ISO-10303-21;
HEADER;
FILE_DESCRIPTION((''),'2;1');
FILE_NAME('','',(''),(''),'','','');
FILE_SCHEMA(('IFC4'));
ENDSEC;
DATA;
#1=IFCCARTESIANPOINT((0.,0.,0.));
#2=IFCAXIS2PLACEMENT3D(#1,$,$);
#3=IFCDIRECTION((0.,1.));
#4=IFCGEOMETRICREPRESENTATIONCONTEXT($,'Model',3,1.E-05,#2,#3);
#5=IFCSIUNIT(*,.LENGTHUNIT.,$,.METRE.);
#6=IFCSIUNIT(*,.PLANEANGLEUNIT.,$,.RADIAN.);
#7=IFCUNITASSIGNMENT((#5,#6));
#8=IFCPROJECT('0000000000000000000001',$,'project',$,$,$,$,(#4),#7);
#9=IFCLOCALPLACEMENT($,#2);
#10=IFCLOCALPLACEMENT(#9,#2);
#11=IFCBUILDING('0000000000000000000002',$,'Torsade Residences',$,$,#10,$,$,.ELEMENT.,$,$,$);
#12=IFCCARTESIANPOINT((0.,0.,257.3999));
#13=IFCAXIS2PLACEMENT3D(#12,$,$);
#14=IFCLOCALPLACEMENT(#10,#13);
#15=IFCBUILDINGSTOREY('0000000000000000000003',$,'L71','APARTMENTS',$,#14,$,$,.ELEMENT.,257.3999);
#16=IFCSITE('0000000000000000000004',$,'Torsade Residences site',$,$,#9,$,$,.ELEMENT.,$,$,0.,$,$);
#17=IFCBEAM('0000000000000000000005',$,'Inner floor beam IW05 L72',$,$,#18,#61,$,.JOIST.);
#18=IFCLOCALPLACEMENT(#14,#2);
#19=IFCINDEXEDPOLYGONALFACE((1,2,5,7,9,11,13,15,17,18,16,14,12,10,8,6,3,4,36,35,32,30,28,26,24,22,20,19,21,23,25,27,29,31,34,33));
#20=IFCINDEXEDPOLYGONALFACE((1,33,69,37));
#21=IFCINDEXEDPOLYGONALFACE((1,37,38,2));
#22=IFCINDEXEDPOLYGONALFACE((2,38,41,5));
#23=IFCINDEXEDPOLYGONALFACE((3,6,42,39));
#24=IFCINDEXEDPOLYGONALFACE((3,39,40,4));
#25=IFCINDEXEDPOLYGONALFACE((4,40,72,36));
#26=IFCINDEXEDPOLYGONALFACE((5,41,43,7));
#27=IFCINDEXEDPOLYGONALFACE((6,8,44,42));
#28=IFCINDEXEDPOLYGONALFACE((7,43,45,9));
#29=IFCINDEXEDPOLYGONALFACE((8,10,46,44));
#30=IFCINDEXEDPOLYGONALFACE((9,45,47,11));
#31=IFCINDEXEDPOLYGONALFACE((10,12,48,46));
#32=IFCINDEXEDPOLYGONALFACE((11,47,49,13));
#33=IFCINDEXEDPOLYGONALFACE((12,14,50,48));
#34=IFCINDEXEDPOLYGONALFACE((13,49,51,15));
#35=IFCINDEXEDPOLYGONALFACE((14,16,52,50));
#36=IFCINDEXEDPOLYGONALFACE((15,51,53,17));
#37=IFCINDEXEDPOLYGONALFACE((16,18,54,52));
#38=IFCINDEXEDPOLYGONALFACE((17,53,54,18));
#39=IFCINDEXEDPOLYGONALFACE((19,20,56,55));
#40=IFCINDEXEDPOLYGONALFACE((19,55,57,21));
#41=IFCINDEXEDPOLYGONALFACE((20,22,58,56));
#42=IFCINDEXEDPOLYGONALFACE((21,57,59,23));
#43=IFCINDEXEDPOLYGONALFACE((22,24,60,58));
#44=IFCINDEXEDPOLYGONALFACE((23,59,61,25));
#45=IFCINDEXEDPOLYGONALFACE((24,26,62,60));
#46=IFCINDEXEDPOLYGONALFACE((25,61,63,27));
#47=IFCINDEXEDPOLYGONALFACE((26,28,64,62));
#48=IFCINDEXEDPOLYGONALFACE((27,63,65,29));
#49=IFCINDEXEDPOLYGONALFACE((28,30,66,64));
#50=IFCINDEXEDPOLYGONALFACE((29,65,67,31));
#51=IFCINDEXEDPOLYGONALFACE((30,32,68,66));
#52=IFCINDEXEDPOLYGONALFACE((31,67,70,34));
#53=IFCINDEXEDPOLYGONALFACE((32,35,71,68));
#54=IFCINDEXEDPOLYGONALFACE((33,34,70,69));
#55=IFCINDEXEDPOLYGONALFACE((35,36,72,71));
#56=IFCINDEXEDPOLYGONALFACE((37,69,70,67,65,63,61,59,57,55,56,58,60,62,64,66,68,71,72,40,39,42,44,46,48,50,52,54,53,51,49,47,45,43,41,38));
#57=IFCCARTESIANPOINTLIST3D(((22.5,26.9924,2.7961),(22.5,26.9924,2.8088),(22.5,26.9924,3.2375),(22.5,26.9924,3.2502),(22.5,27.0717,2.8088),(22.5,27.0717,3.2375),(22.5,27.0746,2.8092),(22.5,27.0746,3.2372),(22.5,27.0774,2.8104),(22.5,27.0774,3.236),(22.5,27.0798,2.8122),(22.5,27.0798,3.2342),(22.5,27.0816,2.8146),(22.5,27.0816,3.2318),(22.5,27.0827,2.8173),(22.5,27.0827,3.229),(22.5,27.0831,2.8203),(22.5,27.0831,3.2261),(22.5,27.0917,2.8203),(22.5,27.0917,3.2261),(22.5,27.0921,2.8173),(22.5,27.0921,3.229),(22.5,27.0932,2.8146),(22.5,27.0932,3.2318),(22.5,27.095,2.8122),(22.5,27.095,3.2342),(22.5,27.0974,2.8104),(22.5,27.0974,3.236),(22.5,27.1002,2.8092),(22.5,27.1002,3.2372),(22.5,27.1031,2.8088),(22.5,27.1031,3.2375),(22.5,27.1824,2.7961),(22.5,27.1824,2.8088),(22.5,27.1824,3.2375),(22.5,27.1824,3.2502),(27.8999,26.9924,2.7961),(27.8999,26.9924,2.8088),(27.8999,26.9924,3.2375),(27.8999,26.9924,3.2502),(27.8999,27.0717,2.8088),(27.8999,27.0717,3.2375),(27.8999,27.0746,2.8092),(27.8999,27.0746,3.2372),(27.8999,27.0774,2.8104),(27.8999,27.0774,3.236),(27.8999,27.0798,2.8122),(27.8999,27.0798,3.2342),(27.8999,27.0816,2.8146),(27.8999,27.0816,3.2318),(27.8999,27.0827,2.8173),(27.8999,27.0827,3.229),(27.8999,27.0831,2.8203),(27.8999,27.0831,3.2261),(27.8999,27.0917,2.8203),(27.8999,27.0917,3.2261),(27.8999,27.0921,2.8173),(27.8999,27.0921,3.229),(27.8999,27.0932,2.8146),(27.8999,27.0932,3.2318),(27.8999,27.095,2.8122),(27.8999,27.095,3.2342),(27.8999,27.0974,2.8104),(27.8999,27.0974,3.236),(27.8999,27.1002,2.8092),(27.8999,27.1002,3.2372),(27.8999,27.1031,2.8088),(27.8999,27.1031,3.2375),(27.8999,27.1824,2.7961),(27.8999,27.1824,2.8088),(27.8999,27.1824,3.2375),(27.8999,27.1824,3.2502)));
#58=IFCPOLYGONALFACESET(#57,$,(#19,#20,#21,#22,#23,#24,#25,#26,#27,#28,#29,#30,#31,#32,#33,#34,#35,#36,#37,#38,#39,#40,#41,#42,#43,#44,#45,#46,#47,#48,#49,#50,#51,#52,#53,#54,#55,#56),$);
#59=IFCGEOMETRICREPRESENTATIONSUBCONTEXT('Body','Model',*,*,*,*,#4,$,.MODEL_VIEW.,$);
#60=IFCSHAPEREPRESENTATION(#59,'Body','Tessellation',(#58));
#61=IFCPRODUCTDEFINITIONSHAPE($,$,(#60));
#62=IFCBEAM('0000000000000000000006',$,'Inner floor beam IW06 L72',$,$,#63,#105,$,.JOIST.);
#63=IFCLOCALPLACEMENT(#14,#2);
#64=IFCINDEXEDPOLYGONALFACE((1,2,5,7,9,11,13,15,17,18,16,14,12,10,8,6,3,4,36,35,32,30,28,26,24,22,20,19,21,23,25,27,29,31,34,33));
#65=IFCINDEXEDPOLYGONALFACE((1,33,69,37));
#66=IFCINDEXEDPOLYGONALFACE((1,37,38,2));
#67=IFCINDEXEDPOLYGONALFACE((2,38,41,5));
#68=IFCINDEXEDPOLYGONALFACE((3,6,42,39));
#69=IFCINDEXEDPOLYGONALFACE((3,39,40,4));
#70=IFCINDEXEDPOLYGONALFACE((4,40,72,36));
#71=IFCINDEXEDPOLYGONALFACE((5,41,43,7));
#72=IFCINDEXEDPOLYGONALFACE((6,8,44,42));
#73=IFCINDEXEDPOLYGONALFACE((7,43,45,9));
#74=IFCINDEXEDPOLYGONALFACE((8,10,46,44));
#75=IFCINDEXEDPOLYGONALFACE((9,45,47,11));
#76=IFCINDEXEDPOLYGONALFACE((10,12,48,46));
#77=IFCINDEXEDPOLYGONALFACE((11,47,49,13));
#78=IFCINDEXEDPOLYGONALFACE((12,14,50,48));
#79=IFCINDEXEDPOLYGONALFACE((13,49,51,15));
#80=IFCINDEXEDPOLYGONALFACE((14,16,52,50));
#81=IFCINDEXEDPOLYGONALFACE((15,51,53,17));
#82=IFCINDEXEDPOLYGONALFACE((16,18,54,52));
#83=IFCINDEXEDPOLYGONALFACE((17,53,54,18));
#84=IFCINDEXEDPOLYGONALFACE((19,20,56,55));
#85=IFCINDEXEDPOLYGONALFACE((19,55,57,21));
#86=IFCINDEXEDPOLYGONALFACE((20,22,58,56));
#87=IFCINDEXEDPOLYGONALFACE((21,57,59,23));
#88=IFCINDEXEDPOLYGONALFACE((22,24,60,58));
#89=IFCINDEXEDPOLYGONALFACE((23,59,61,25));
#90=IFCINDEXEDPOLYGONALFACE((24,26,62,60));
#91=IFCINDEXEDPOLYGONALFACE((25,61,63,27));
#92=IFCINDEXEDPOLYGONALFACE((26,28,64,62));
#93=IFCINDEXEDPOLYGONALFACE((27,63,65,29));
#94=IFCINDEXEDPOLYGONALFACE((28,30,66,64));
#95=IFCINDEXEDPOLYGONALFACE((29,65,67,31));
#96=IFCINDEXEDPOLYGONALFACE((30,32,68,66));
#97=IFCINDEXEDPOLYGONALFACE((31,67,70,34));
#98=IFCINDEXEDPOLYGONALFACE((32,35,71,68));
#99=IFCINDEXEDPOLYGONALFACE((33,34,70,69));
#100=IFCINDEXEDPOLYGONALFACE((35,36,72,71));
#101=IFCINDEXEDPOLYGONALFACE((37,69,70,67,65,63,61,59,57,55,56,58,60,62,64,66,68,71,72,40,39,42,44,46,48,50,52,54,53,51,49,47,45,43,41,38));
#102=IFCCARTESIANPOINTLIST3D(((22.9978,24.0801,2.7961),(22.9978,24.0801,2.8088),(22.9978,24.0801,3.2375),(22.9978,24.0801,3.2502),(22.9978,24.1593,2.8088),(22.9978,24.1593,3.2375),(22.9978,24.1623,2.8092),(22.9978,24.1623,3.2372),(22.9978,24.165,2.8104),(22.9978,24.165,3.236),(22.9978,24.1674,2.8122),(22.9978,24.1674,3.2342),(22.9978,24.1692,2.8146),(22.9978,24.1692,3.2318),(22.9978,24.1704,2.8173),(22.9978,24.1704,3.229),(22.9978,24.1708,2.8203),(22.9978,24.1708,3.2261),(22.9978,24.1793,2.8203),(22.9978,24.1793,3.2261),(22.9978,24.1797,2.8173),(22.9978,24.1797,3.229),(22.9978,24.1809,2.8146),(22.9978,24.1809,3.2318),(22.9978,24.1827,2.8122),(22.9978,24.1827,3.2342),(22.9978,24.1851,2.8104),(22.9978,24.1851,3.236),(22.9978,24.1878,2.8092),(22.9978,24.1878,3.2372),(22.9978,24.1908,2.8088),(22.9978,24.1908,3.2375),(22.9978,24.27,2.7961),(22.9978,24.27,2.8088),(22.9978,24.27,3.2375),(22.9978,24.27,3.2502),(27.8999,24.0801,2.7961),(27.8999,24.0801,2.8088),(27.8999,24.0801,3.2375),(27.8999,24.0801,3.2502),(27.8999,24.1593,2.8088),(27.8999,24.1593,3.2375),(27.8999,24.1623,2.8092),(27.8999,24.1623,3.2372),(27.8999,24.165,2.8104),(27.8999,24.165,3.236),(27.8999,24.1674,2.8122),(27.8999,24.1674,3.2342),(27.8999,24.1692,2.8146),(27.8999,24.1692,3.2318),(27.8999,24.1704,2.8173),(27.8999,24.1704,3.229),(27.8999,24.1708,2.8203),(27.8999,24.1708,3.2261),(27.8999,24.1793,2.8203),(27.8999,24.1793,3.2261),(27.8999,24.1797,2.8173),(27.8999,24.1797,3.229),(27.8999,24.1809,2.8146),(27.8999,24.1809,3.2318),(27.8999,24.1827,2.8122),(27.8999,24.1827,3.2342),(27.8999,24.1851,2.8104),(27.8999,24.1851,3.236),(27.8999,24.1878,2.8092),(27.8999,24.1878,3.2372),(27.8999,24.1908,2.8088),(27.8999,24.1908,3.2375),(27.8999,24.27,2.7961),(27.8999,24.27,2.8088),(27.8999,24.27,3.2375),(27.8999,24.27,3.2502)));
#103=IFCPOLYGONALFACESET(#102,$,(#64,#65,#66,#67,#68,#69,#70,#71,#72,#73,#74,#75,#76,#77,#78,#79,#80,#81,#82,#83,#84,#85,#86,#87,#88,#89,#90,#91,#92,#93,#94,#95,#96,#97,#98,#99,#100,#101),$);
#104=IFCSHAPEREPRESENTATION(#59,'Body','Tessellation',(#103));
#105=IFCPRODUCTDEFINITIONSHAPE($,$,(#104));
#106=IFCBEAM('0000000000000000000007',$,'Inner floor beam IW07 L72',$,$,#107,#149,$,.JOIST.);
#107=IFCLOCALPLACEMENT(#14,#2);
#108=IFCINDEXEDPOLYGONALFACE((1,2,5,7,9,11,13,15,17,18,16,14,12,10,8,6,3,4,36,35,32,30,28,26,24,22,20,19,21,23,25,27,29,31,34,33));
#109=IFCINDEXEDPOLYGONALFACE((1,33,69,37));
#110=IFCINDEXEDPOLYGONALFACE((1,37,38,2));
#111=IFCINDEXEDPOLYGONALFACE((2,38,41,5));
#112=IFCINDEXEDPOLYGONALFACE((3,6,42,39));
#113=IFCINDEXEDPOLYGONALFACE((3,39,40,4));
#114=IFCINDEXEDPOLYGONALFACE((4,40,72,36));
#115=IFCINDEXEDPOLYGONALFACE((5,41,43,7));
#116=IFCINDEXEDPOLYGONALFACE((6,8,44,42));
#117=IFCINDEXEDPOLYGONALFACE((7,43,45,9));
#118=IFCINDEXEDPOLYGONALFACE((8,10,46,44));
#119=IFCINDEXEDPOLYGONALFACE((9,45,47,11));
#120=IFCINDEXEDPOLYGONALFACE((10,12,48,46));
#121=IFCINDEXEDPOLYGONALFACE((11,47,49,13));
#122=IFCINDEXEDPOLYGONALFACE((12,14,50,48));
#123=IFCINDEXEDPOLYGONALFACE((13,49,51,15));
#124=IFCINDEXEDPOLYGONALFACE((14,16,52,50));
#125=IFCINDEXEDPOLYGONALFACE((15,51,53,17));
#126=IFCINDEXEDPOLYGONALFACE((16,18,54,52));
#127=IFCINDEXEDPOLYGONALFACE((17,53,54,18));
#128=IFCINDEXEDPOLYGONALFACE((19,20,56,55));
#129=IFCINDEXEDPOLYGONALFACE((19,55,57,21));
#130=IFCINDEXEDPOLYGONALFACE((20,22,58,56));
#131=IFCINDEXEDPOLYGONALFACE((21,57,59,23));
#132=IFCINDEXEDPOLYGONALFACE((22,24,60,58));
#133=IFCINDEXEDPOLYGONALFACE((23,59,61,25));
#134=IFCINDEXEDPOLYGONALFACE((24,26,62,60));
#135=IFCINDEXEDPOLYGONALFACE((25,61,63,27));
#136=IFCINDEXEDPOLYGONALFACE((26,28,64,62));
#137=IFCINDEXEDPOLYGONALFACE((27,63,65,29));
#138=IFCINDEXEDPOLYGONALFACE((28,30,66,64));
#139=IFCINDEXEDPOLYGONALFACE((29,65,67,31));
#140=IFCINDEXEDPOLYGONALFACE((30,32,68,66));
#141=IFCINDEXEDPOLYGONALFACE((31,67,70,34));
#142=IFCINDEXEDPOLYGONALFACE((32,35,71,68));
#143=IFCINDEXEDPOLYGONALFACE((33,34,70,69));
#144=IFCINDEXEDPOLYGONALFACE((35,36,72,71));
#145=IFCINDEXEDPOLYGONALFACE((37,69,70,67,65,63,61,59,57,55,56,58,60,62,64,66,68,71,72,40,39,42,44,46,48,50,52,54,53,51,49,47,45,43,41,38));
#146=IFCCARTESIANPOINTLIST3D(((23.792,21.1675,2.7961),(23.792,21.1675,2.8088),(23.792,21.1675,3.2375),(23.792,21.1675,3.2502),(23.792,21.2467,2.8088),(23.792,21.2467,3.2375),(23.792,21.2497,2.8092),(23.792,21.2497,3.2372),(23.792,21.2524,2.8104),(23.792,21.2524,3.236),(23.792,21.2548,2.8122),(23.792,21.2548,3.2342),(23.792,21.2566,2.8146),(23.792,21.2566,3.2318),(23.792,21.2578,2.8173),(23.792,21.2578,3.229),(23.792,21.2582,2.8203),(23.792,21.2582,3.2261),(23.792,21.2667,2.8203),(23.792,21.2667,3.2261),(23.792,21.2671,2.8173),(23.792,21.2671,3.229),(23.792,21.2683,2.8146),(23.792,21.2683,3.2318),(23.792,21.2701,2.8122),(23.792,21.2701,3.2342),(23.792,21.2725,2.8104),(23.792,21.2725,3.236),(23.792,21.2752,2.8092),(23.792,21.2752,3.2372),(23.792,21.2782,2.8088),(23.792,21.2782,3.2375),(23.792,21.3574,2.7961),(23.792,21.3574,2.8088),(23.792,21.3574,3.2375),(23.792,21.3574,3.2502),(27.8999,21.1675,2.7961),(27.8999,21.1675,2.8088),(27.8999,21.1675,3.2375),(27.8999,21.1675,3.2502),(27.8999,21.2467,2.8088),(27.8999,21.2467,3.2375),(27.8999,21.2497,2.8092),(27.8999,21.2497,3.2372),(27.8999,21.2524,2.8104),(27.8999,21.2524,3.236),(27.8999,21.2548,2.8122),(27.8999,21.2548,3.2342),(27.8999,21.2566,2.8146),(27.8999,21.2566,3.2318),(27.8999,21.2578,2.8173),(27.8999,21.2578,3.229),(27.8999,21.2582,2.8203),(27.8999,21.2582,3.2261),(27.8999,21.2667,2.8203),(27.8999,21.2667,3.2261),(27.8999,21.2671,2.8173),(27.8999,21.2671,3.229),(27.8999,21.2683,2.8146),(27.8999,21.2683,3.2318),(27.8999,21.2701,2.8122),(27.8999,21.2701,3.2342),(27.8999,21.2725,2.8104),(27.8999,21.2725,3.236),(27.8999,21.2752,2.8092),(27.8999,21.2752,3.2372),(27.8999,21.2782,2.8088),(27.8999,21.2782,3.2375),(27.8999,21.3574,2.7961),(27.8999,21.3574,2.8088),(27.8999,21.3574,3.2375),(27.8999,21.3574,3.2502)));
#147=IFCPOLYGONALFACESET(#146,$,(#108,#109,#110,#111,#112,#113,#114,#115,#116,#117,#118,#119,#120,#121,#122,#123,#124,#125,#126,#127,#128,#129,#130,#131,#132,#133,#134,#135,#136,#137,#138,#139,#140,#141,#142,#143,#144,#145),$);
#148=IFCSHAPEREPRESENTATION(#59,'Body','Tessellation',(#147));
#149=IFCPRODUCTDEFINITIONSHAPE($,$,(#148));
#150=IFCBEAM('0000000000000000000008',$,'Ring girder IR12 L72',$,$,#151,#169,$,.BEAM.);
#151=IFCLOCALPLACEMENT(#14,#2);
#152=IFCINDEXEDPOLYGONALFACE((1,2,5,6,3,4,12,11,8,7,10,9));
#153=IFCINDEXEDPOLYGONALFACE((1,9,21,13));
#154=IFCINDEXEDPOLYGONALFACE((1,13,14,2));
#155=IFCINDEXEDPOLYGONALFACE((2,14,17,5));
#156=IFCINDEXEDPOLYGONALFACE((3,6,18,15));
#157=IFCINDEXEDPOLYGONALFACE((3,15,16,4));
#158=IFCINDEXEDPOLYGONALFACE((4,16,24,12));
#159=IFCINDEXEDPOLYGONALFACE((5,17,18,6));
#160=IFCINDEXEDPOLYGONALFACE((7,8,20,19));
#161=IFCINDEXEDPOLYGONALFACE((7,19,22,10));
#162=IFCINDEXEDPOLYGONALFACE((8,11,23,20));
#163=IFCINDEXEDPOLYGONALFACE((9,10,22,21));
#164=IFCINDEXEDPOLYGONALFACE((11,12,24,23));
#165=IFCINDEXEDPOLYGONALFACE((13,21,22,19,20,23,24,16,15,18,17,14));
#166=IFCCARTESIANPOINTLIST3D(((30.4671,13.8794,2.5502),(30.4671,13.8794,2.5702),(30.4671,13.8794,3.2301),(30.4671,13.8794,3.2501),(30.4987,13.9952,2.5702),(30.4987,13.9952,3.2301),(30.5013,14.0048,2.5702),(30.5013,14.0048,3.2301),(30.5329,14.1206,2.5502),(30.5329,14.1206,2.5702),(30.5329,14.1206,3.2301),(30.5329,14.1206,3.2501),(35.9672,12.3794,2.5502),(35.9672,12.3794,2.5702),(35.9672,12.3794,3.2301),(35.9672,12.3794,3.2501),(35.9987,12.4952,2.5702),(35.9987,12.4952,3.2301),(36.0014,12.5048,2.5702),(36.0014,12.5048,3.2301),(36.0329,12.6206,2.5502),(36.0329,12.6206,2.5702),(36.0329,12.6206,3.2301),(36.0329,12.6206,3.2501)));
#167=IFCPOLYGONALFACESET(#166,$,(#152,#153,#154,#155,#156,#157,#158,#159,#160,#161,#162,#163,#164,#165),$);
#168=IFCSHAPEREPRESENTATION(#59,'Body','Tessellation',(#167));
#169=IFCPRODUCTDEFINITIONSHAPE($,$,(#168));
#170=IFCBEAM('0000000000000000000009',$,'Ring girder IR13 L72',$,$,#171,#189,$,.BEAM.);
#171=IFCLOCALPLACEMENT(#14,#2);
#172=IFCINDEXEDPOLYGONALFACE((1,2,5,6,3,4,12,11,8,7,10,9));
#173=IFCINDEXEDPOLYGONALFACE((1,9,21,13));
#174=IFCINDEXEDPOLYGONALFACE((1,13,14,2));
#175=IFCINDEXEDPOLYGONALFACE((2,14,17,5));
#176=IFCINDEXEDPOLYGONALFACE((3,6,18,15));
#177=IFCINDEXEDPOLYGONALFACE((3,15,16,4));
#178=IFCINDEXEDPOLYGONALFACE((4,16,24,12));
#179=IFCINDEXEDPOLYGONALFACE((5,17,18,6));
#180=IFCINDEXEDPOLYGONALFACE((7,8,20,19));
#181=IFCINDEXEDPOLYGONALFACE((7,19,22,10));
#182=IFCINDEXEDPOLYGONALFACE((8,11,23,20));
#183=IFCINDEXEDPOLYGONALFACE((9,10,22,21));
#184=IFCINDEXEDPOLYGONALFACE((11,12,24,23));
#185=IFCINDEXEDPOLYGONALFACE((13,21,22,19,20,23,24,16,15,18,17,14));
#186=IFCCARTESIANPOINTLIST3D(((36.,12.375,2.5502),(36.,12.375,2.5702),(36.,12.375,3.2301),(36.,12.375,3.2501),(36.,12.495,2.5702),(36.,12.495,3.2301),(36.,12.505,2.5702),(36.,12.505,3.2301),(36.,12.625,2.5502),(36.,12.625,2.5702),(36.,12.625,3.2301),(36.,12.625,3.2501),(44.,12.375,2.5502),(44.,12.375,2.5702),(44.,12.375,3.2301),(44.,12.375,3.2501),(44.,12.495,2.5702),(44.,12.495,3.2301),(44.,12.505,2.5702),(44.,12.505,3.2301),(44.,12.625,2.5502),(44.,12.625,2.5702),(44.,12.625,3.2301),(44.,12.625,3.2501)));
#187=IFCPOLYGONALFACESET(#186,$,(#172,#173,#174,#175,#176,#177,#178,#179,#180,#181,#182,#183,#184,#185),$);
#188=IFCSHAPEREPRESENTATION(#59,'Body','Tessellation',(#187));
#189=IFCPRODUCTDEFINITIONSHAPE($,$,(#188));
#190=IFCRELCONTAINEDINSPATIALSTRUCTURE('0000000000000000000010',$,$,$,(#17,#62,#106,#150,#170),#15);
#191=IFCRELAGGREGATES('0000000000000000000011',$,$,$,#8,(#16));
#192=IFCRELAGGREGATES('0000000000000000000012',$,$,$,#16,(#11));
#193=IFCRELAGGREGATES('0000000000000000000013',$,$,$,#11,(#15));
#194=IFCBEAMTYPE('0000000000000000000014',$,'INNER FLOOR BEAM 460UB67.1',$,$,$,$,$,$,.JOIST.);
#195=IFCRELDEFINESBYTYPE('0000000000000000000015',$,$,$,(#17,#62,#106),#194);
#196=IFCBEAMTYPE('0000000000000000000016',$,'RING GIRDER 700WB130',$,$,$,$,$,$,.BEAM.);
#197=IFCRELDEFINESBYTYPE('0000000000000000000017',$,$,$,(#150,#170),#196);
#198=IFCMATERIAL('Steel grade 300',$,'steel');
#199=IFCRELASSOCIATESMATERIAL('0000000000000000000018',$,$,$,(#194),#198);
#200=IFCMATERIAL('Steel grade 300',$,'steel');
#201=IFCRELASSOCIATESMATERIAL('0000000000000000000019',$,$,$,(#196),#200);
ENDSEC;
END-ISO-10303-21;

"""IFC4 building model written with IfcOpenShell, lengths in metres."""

from ifc_helpers import new_model, si_unit, direction, frame, origin, origin_2d, place, context, subcontext, project, spatial, i_section, extrude, material, material_profile, profile_set, type_object, element, save


model = new_model("IFC4")

# Units and contexts
model_context = context("Model", 3, precision=1e-05, world=origin(), true_north=direction((0.0, 1.0)))
body_context = subcontext(model_context, "Body", "Model", "MODEL_VIEW")
ifc_project = project(units=[si_unit("LENGTHUNIT", "METRE"), si_unit("PLANEANGLEUNIT", "RADIAN")], contexts=[model_context])

# Site, building, storey
site_placement = place(None, origin())
site = spatial("IfcSite", under=ifc_project, at=site_placement, Name="Torsade Residences site", CompositionType="ELEMENT", RefElevation=0.0)
building_placement = place(site_placement, origin())
building = spatial("IfcBuilding", under=site, at=building_placement, Name="Torsade Residences", CompositionType="ELEMENT")
storey_placement = place(building_placement, frame((0.0, 0.0, 257.3999)))
storey = spatial("IfcBuildingStorey", under=building, at=storey_placement, Name="L71", Description="APARTMENTS", CompositionType="ELEMENT", Elevation=257.3999)

# Beams
ifc_material_1 = material(Name="Steel grade 300", Category="steel")
ifc_material_profile_1 = material_profile(ifc_material_1, i_section(OverallWidth=0.1899, OverallDepth=0.4541, WebThickness=0.0085, FlangeThickness=0.0127, FilletRadius=0.0115, at=origin_2d()), Name="460UB67.1")
ifc_profile_set_1 = profile_set([ifc_material_profile_1], Name="Steel grade 300")
beam_type_1 = type_object("IfcBeamType", Name="INNER FLOOR BEAM 460UB67.1", PredefinedType="JOIST", material=ifc_profile_set_1)
beam_1_placement = place(storey_placement, frame((27.8999, 27.0874, 3.0232), z_axis=(-1.0, 0.0, 0.0), x_axis=(0.0, -1.0, 0.0)))
element("IfcBeam", 1, at=beam_1_placement, inside=storey, type_object=beam_type_1, Name="Inner floor beam IW05 L72", PredefinedType="JOIST", context=body_context, shape_type="SweptSolid", body=[
    extrude(i_section(OverallWidth=0.1899, OverallDepth=0.4541, WebThickness=0.0085, FlangeThickness=0.0127, FilletRadius=0.0115, at=origin_2d()), origin(), (0.0, 0.0, 1.0), 5.3999),
])
beam_2_placement = place(storey_placement, frame((27.8999, 24.175, 3.0232), z_axis=(-1.0, 0.0, 0.0), x_axis=(0.0, -1.0, 0.0)))
element("IfcBeam", 2, at=beam_2_placement, inside=storey, type_object=beam_type_1, Name="Inner floor beam IW06 L72", PredefinedType="JOIST", context=body_context, shape_type="SweptSolid", body=[
    extrude(i_section(OverallWidth=0.1899, OverallDepth=0.4541, WebThickness=0.0085, FlangeThickness=0.0127, FilletRadius=0.0115, at=origin_2d()), origin(), (0.0, 0.0, 1.0), 4.9021),
])
beam_3_placement = place(storey_placement, frame((27.8999, 21.2625, 3.0232), z_axis=(-1.0, 0.0, 0.0), x_axis=(0.0, -1.0, 0.0)))
element("IfcBeam", 3, at=beam_3_placement, inside=storey, type_object=beam_type_1, Name="Inner floor beam IW07 L72", PredefinedType="JOIST", context=body_context, shape_type="SweptSolid", body=[
    extrude(i_section(OverallWidth=0.1899, OverallDepth=0.4541, WebThickness=0.0085, FlangeThickness=0.0127, FilletRadius=0.0115, at=origin_2d()), origin(), (0.0, 0.0, 1.0), 4.1079),
])
ifc_material_2 = material(Name="Steel grade 300", Category="steel")
ifc_material_profile_2 = material_profile(ifc_material_2, i_section(OverallWidth=0.25, OverallDepth=0.7, WebThickness=0.01, FlangeThickness=0.02, at=origin_2d()), Name="700WB130")
ifc_profile_set_2 = profile_set([ifc_material_profile_2], Name="Steel grade 300")
beam_type_2 = type_object("IfcBeamType", Name="RING GIRDER 700WB130", PredefinedType="BEAM", material=ifc_profile_set_2)
beam_4_placement = place(storey_placement, frame((30.5, 14.0, 2.9001), z_axis=(0.964764, -0.263117, 0.0), x_axis=(0.263117, 0.964764, 0.0)))
element("IfcBeam", 4, at=beam_4_placement, inside=storey, type_object=beam_type_2, Name="Ring girder IR12 L72", PredefinedType="BEAM", context=body_context, shape_type="SweptSolid", body=[
    extrude(i_section(OverallWidth=0.25, OverallDepth=0.7, WebThickness=0.01, FlangeThickness=0.02, at=origin_2d()), origin(), (0.0, 0.0, 1.0), 5.7009),
])
beam_5_placement = place(storey_placement, frame((36.0, 12.5, 2.9001), z_axis=(1.0, 0.0, 0.0), x_axis=(0.0, 1.0, 0.0)))
element("IfcBeam", 5, at=beam_5_placement, inside=storey, type_object=beam_type_2, Name="Ring girder IR13 L72", PredefinedType="BEAM", context=body_context, shape_type="SweptSolid", body=[
    extrude(i_section(OverallWidth=0.25, OverallDepth=0.7, WebThickness=0.01, FlangeThickness=0.02, at=origin_2d()), origin(), (0.0, 0.0, 1.0), 8.0),
])

save(model, "model.ifc")
